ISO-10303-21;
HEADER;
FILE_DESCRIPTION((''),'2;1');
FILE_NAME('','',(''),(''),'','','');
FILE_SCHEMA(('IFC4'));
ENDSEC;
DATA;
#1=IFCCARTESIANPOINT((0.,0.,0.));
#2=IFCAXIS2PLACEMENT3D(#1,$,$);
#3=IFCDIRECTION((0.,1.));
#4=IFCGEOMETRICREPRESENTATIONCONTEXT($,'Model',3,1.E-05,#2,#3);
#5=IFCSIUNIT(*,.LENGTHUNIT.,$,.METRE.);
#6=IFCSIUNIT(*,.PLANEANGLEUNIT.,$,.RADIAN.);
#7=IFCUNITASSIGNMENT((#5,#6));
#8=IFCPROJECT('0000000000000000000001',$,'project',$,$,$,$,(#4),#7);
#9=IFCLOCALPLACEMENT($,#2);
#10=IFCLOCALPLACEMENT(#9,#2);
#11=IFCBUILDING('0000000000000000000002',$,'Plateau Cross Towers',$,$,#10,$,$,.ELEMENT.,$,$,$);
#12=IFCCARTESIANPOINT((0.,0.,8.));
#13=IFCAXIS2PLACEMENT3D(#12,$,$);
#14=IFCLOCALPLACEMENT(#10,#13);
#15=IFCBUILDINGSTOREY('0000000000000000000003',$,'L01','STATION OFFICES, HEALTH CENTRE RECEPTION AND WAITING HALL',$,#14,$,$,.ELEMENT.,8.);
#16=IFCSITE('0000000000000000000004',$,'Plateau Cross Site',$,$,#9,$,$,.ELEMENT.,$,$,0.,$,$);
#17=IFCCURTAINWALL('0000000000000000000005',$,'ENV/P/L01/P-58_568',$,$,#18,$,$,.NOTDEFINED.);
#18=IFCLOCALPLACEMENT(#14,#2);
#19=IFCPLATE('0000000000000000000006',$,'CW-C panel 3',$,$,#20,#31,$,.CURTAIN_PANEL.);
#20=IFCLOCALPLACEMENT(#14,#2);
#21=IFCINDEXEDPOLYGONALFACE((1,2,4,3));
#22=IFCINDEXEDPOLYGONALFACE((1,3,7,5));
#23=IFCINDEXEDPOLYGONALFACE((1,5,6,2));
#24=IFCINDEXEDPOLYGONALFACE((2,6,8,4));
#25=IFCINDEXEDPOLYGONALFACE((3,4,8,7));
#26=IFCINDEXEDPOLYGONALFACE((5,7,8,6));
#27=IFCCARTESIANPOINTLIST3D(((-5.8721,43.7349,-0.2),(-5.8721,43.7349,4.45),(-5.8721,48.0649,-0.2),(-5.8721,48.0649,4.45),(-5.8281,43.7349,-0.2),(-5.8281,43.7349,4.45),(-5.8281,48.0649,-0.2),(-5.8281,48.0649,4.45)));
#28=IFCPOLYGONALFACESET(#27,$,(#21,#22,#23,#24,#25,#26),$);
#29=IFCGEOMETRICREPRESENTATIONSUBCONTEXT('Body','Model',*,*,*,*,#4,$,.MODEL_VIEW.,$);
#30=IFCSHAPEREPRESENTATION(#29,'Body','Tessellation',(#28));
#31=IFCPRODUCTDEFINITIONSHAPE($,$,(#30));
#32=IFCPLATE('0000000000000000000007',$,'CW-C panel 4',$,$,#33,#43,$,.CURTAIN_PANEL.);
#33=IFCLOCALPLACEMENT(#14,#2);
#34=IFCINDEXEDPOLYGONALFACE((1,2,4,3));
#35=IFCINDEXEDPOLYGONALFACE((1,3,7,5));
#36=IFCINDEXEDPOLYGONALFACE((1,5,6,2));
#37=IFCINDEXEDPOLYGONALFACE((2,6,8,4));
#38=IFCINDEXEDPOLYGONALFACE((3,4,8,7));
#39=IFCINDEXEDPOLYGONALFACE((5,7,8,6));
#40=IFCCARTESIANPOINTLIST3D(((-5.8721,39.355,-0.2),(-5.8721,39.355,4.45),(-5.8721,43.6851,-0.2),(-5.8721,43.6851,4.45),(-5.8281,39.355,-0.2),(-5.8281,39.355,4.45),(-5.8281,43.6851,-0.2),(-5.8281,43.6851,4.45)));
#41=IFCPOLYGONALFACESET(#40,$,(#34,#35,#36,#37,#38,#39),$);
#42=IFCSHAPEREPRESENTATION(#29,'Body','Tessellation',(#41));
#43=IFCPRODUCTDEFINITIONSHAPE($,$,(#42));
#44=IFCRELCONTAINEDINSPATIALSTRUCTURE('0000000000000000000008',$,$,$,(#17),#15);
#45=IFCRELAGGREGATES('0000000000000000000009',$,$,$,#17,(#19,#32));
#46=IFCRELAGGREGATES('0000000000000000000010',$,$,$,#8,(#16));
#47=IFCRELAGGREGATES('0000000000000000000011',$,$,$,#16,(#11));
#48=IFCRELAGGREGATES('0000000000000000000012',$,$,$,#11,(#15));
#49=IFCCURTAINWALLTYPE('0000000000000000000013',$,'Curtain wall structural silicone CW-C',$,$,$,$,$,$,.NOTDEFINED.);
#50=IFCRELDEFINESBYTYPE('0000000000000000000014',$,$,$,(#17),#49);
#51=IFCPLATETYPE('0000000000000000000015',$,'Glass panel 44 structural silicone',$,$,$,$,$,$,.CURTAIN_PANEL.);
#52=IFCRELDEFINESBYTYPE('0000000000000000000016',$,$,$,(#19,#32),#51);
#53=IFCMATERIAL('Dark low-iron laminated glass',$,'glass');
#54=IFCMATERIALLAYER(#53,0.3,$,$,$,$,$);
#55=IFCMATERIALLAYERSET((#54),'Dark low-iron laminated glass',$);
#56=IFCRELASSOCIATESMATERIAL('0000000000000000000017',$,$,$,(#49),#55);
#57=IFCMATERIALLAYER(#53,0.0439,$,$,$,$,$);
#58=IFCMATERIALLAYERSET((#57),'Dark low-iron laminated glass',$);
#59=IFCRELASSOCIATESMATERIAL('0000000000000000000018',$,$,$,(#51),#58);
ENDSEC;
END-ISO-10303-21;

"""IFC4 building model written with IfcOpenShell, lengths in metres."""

from ifc_helpers import new_model, si_unit, direction, frame, origin, origin_2d, place, context, subcontext, project, spatial, rectangle, extrude, material, layer, layer_set, type_object, element, aggregate, save


model = new_model("IFC4")

# Units and contexts
model_context = context("Model", 3, precision=1e-05, world=origin(), true_north=direction((0.0, 1.0)))
body_context = subcontext(model_context, "Body", "Model", "MODEL_VIEW")
ifc_project = project(units=[si_unit("LENGTHUNIT", "METRE"), si_unit("PLANEANGLEUNIT", "RADIAN")], contexts=[model_context])

# Site, building, storey
site_placement = place(None, origin())
site = spatial("IfcSite", under=ifc_project, at=site_placement, Name="Plateau Cross Site", CompositionType="ELEMENT", RefElevation=0.0)
building_placement = place(site_placement, origin())
building = spatial("IfcBuilding", under=site, at=building_placement, Name="Plateau Cross Towers", CompositionType="ELEMENT")
storey_placement = place(building_placement, frame((0.0, 0.0, 8.0)))
storey = spatial("IfcBuildingStorey", under=building, at=storey_placement, Name="L01", Description="STATION OFFICES, HEALTH CENTRE RECEPTION AND WAITING HALL", CompositionType="ELEMENT", Elevation=8.0)

# Shared definitions
ifc_material_1 = material(Name="Dark low-iron laminated glass", Category="glass")
ifc_layer_1 = layer(ifc_material_1, 0.3)
ifc_layer_set_1 = layer_set([ifc_layer_1], Name="Dark low-iron laminated glass")
curtain_wall_type = type_object("IfcCurtainWallType", Name="Curtain wall structural silicone CW-C", PredefinedType="NOTDEFINED", material=ifc_layer_set_1)

# Curtain wall
curtain_wall_1_placement = place(storey_placement, origin())
curtain_wall_1 = element("IfcCurtainWall", 1, at=curtain_wall_1_placement, inside=storey, type_object=curtain_wall_type, Name="ENV/P/L01/P-58_568", PredefinedType="NOTDEFINED")

# Shared definitions
ifc_layer_2 = layer(ifc_material_1, 0.0439)
ifc_layer_set_2 = layer_set([ifc_layer_2], Name="Dark low-iron laminated glass")
plate_type = type_object("IfcPlateType", Name="Glass panel 44 structural silicone", PredefinedType="CURTAIN_PANEL", material=ifc_layer_set_2)

# Plates
plate_1_placement = place(storey_placement, frame((-5.8501, 45.8999, -0.2), z_axis=(0.0, 0.0, 1.0), x_axis=(0.0, -1.0, 0.0)))
plate_1 = element("IfcPlate", 2, at=plate_1_placement, type_object=plate_type, Name="CW-C panel 3", PredefinedType="CURTAIN_PANEL", context=body_context, shape_type="SweptSolid", body=[
    extrude(rectangle(XDim=4.3301, YDim=0.0439, at=origin_2d()), origin(), (0.0, 0.0, 1.0), 4.6499),
])
plate_2_placement = place(storey_placement, frame((-5.8501, 41.52, -0.2), z_axis=(0.0, 0.0, 1.0), x_axis=(0.0, -1.0, 0.0)))
plate_2 = element("IfcPlate", 3, at=plate_2_placement, type_object=plate_type, Name="CW-C panel 4", PredefinedType="CURTAIN_PANEL", context=body_context, shape_type="SweptSolid", body=[
    extrude(rectangle(XDim=4.3301, YDim=0.0439, at=origin_2d()), origin(), (0.0, 0.0, 1.0), 4.6499),
])
aggregate(curtain_wall_1, [plate_1, plate_2])

save(model, "model.ifc")
